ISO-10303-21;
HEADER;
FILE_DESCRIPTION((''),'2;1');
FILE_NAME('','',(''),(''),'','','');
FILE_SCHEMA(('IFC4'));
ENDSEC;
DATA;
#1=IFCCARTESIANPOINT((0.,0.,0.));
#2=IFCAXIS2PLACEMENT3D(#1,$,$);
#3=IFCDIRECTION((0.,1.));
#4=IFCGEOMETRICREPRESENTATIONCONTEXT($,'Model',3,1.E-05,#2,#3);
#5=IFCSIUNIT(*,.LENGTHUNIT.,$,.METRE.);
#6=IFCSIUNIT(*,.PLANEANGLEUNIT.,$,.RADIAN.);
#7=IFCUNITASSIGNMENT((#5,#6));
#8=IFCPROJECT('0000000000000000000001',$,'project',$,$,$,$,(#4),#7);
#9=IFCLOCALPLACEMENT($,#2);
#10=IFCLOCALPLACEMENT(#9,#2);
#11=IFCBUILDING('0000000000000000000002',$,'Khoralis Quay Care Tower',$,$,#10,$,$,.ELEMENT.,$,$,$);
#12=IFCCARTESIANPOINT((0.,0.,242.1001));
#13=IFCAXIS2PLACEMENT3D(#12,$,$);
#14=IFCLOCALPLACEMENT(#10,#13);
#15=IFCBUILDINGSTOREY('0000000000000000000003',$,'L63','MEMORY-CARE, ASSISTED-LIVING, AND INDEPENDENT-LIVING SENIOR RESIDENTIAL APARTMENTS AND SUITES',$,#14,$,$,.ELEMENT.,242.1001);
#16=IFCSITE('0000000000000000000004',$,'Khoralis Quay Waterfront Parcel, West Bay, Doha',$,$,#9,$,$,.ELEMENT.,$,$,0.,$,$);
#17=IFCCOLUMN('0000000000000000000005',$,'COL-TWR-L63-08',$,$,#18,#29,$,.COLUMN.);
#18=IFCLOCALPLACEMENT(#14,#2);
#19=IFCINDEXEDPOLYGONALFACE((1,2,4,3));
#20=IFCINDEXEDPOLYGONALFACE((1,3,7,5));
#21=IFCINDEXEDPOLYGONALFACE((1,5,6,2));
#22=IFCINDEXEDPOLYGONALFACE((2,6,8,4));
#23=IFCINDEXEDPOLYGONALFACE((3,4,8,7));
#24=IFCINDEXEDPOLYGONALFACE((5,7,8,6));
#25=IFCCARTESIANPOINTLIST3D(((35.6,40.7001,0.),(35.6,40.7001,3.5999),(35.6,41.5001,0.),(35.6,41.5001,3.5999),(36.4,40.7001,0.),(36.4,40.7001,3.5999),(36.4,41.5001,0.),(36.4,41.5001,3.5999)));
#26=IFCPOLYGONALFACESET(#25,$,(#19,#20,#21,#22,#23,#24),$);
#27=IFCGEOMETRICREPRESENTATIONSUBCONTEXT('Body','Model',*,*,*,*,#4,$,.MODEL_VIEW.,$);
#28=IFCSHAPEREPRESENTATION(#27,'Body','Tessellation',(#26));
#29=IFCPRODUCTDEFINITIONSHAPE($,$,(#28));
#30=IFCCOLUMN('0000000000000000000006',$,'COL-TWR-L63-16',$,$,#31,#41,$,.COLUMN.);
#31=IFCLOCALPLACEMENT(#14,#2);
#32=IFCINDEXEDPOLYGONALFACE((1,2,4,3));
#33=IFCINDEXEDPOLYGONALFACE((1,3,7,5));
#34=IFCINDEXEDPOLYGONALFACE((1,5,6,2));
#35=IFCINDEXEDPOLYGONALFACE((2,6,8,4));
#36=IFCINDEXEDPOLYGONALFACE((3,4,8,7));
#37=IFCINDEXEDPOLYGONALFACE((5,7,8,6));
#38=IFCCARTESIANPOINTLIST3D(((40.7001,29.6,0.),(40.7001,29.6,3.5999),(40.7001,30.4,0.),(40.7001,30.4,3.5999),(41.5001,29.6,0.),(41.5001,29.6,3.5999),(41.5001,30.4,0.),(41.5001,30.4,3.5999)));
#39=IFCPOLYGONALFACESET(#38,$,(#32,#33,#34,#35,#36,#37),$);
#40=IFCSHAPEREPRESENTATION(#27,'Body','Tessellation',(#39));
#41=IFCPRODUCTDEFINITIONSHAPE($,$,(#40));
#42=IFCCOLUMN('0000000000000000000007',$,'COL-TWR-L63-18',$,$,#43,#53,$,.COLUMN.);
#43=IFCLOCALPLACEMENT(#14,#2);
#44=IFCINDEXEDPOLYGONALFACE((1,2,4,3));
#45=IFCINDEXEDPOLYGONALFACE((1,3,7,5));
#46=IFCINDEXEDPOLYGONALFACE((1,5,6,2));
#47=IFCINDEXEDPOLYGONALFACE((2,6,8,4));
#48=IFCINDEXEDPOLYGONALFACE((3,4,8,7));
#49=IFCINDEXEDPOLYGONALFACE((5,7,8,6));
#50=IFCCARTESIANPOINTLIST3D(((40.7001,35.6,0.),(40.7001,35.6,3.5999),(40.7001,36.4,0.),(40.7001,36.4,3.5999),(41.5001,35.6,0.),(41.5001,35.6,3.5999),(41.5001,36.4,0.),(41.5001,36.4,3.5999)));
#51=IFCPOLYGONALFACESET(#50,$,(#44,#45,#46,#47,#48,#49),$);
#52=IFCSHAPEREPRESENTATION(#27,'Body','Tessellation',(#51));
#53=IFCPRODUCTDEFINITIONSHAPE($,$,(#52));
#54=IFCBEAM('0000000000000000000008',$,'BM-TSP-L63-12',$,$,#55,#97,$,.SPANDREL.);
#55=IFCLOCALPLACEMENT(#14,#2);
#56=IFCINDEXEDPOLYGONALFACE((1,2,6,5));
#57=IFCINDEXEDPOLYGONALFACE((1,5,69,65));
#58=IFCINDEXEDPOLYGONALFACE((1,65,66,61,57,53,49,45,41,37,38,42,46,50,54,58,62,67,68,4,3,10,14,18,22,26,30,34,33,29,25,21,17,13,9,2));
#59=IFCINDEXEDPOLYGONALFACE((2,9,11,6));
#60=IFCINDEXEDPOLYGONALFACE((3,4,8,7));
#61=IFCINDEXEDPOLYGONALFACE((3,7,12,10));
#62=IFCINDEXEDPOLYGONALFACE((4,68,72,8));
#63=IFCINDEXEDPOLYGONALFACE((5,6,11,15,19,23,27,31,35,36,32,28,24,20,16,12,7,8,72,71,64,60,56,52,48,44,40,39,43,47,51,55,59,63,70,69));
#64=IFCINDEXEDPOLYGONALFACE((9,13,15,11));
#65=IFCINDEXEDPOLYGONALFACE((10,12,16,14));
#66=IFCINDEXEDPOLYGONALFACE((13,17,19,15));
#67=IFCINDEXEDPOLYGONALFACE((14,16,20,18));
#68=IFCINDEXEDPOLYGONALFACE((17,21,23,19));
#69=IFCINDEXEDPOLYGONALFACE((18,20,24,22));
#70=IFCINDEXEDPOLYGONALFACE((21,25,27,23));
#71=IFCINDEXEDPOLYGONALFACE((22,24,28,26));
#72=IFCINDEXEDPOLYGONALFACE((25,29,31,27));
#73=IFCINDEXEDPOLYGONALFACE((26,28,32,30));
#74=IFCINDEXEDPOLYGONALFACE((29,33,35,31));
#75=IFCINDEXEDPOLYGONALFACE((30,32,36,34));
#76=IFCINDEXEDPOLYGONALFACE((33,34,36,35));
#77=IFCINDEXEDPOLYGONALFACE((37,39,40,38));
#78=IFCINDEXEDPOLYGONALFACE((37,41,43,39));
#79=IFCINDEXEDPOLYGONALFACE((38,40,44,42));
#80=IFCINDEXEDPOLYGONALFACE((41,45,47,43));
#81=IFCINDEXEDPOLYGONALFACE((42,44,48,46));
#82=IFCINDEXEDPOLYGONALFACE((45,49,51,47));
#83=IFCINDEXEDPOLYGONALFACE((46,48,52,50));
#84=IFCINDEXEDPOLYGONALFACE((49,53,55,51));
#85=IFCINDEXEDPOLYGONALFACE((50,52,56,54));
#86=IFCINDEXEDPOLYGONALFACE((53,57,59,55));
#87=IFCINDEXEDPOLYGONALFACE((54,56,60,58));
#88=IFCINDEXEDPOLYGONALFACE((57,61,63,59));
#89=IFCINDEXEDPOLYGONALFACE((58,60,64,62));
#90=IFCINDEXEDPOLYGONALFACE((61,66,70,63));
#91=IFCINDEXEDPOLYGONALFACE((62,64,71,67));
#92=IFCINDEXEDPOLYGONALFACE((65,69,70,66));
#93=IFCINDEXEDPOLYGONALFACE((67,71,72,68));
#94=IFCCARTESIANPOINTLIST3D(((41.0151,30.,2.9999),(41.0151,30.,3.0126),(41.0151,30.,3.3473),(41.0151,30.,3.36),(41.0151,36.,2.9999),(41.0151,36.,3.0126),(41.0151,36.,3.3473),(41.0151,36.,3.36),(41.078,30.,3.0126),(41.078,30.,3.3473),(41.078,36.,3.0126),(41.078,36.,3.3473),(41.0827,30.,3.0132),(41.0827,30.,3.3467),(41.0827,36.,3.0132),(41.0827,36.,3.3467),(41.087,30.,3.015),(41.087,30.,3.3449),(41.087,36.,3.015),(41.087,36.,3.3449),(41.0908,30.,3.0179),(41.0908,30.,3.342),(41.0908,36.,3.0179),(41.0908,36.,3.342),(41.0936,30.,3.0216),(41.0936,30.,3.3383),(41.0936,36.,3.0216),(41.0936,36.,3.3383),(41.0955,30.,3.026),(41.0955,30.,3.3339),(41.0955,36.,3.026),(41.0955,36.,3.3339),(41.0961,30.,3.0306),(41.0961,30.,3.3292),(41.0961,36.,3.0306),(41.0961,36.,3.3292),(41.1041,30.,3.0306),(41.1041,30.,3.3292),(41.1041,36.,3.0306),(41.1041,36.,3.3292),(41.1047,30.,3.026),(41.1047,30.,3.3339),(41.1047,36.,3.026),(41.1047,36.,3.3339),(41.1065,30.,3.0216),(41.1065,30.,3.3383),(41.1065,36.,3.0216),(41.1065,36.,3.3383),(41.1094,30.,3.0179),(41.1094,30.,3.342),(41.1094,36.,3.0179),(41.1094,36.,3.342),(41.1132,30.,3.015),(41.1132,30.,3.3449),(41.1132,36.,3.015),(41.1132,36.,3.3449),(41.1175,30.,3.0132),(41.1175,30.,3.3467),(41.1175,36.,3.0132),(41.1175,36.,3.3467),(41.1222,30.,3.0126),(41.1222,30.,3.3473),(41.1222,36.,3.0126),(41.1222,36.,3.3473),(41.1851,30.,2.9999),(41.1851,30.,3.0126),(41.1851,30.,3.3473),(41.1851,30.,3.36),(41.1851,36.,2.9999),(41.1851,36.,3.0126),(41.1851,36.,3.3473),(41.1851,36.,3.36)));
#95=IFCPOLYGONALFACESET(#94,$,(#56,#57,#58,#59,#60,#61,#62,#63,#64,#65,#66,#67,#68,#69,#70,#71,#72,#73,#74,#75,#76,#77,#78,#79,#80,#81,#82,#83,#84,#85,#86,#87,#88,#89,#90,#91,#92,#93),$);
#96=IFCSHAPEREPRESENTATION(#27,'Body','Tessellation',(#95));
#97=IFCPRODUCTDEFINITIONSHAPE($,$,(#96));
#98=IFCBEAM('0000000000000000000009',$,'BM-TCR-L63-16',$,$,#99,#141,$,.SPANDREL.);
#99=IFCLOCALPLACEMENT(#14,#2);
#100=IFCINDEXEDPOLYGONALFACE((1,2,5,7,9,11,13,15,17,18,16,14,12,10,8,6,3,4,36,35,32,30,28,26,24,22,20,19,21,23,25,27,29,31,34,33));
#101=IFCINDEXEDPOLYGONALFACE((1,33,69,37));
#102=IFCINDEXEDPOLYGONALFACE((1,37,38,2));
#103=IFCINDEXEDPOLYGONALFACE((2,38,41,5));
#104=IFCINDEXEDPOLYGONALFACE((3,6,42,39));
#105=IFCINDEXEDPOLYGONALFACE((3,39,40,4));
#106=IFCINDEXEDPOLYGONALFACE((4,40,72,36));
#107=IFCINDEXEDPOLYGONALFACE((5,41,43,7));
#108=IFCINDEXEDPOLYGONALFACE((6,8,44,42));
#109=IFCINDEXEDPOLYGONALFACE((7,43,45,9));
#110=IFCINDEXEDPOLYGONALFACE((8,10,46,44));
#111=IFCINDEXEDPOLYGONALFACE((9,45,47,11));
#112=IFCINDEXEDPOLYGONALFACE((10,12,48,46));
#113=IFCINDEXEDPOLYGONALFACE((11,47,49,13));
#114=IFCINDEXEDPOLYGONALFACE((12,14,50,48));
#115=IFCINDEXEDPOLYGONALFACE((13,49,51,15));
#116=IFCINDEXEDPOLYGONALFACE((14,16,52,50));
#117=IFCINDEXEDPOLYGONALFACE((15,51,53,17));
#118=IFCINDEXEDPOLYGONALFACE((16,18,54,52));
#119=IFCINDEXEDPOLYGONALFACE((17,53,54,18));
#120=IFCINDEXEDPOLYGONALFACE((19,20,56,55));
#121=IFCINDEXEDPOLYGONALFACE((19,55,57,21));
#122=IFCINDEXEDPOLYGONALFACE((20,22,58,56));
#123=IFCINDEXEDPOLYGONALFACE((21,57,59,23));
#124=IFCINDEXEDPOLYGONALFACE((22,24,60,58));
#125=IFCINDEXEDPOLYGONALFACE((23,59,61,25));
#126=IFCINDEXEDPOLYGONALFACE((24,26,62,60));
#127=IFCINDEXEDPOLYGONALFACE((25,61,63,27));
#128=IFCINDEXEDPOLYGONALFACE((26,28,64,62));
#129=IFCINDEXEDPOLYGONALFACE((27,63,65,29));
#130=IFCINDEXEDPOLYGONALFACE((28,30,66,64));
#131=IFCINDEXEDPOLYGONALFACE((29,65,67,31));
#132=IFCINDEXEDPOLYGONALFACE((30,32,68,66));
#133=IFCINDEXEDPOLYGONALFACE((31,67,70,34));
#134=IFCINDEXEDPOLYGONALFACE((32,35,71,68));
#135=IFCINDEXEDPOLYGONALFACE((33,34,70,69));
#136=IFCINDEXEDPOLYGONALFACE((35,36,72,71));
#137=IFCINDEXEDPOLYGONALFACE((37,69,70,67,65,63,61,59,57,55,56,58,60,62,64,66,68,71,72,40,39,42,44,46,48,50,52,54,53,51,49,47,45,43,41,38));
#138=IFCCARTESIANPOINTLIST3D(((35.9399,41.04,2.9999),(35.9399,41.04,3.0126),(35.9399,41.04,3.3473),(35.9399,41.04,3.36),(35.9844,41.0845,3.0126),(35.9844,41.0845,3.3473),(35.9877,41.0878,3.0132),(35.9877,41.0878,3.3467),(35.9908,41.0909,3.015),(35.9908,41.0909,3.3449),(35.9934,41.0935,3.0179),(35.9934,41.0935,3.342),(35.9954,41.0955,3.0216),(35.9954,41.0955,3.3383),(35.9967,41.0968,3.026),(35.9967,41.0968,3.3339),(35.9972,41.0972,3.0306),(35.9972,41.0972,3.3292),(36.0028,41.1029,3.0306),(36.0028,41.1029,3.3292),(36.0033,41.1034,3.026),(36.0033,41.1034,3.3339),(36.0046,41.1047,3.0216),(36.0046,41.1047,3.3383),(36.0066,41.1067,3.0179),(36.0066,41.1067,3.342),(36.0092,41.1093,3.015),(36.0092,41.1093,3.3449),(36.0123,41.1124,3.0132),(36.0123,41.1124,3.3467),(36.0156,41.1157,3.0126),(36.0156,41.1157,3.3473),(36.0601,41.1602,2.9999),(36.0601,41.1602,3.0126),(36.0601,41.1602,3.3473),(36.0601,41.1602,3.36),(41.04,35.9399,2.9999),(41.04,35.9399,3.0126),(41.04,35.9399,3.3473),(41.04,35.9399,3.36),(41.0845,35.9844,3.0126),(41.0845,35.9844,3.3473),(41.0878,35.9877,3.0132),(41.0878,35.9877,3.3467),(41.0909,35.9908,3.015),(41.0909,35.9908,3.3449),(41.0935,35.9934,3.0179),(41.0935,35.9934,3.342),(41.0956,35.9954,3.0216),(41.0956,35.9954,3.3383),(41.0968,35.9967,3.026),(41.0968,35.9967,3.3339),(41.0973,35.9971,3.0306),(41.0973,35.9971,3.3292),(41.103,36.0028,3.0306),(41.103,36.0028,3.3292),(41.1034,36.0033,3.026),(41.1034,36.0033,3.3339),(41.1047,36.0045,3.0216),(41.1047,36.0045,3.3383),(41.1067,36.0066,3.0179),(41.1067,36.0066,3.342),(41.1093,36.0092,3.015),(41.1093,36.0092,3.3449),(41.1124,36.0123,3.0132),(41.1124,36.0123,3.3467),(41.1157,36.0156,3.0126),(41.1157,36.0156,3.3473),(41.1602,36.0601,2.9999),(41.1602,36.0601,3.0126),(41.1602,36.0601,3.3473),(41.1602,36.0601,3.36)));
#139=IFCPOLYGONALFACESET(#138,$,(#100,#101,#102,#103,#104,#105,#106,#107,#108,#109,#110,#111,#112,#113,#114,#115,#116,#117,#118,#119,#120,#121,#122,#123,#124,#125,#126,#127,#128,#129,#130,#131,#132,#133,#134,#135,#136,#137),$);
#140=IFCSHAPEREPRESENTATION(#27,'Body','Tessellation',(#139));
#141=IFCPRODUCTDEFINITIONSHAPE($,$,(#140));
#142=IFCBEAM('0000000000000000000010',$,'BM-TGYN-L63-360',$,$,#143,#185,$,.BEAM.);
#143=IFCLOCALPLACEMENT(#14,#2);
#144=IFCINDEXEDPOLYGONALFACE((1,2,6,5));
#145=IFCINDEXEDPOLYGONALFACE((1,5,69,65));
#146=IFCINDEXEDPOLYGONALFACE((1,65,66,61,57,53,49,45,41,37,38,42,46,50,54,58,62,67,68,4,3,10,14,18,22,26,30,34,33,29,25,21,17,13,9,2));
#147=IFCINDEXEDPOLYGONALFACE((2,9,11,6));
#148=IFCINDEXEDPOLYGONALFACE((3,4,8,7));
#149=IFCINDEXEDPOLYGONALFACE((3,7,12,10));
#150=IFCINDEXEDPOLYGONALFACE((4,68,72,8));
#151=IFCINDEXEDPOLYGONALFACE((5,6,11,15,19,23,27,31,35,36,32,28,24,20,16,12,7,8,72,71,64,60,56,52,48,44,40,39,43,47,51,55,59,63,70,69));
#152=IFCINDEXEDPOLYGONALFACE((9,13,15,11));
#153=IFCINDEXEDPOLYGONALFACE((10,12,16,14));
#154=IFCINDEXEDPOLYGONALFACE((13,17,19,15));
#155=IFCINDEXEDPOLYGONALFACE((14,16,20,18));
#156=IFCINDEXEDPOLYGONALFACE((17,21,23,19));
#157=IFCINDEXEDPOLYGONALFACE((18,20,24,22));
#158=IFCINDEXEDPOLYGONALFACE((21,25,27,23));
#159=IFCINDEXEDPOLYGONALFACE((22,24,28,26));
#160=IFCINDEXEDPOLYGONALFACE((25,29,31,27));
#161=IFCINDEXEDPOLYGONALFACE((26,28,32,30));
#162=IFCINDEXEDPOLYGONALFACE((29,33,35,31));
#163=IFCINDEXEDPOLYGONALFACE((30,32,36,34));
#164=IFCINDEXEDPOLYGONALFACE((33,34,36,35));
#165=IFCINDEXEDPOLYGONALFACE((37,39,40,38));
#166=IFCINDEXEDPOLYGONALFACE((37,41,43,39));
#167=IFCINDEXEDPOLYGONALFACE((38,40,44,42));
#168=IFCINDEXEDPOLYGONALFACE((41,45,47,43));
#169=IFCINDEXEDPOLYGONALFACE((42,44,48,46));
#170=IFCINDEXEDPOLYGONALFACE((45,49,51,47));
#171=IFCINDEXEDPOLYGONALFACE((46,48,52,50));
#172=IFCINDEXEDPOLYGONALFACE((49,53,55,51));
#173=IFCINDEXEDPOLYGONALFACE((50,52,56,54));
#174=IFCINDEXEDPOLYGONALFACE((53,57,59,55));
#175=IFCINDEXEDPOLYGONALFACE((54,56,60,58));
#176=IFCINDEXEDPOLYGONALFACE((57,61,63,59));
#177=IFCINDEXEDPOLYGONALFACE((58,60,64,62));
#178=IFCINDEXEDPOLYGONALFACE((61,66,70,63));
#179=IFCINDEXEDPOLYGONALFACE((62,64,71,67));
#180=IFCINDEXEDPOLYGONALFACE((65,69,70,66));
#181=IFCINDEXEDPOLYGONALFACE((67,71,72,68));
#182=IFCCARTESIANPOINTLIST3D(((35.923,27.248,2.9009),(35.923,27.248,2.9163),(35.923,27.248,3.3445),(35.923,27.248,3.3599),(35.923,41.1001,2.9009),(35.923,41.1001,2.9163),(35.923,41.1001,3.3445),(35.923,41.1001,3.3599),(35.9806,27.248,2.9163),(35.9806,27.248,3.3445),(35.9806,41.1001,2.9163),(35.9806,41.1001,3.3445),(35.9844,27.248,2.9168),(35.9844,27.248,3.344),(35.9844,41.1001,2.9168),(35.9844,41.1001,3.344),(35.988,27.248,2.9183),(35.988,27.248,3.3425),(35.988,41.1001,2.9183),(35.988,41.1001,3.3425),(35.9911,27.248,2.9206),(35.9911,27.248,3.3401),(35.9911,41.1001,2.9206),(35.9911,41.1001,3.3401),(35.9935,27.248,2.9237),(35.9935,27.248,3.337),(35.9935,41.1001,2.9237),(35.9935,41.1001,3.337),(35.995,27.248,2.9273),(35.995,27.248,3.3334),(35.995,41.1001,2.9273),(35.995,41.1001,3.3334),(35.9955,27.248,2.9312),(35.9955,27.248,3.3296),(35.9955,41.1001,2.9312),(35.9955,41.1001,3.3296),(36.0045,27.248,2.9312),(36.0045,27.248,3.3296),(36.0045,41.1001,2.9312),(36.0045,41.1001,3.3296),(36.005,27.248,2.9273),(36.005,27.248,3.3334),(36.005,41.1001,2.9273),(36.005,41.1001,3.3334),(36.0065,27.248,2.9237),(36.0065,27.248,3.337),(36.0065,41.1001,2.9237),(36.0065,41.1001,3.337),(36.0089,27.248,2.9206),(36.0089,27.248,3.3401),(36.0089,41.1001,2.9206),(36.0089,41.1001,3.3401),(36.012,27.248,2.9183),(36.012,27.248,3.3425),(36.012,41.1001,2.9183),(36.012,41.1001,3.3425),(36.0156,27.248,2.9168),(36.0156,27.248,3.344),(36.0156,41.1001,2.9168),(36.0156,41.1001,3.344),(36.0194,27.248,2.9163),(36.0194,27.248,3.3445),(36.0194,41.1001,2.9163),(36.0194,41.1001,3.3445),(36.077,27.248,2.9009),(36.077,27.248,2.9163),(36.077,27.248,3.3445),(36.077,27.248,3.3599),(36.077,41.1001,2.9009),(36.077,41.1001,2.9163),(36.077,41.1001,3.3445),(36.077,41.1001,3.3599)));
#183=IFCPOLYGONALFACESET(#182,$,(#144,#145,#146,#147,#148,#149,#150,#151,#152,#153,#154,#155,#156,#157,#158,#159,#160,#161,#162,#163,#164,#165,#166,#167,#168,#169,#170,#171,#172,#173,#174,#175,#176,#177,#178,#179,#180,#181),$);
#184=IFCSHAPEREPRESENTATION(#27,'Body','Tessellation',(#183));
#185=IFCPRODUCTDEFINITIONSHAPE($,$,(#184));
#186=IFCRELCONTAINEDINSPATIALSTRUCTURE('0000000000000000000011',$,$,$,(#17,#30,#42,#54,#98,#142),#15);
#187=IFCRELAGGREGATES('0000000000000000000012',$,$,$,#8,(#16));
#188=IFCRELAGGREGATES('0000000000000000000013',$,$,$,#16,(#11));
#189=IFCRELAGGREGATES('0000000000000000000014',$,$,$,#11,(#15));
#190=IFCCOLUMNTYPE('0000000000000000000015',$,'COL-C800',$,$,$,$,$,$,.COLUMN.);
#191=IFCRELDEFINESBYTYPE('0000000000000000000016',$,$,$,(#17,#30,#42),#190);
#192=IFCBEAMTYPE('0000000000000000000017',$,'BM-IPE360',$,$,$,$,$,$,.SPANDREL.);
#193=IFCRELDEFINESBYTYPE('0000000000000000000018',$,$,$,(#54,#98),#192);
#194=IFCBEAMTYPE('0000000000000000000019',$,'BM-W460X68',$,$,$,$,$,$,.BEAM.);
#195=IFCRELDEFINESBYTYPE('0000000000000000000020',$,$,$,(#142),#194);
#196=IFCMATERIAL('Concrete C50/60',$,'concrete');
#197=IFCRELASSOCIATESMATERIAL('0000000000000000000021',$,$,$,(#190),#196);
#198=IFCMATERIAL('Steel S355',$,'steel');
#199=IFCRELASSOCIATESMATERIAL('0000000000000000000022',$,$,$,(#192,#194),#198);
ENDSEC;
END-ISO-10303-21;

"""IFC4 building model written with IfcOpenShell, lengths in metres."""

from ifc_helpers import new_model, si_unit, direction, frame, origin, origin_2d, place, context, subcontext, project, spatial, rectangle, i_section, extrude, source, transform, mapped, material, material_profile, profile_set, type_object, element, save


model = new_model("IFC4")

# Units and contexts
model_context = context("Model", 3, precision=1e-05, world=origin(), true_north=direction((0.0, 1.0)))
body_context = subcontext(model_context, "Body", "Model", "MODEL_VIEW")
ifc_project = project(units=[si_unit("LENGTHUNIT", "METRE"), si_unit("PLANEANGLEUNIT", "RADIAN")], contexts=[model_context])

# Site, building, storey
site_placement = place(None, origin())
site = spatial("IfcSite", under=ifc_project, at=site_placement, Name="Khoralis Quay Waterfront Parcel, West Bay, Doha", CompositionType="ELEMENT", RefElevation=0.0)
building_placement = place(site_placement, origin())
building = spatial("IfcBuilding", under=site, at=building_placement, Name="Khoralis Quay Care Tower", CompositionType="ELEMENT")
storey_placement = place(building_placement, frame((0.0, 0.0, 242.1001)))
storey = spatial("IfcBuildingStorey", under=building, at=storey_placement, Name="L63", Description="MEMORY-CARE, ASSISTED-LIVING, AND INDEPENDENT-LIVING SENIOR RESIDENTIAL APARTMENTS AND SUITES", CompositionType="ELEMENT", Elevation=242.1001)

# Columns
ifc_material_1 = material(Name="Concrete C50/60", Category="concrete")
ifc_material_profile_1 = material_profile(ifc_material_1, rectangle(XDim=0.8, YDim=0.8, at=origin_2d()), Name="Concrete C50/60")
ifc_profile_set_1 = profile_set([ifc_material_profile_1], Name="Concrete C50/60")
column_type = type_object("IfcColumnType", Name="COL-C800", PredefinedType="COLUMN", material=ifc_profile_set_1)
shared_shape_1 = source(origin(), body_context, "Body", "SweptSolid", [
    extrude(rectangle(XDim=0.8, YDim=0.8, at=origin_2d()), origin(), (0.0, 0.0, 1.0), 3.5999),
])
for number, where, z_axis, x_axis, name in (
    (1, (36.0, 41.1001, 0.0), (0.0, 0.0, 1.0), (1.0, 0.0, 0.0), "COL-TWR-L63-08"),
    (2, (41.1001, 30.0, 0.0), (0.0, 0.0, 1.0), (1.0, 0.0, 0.0), "COL-TWR-L63-16"),
    (3, (41.1001, 36.0, 0.0), (0.0, 0.0, 1.0), (1.0, 0.0, 0.0), "COL-TWR-L63-18"),
):
    element("IfcColumn", number, at=place(storey_placement, frame(where, z_axis=z_axis, x_axis=x_axis)), inside=storey, type_object=column_type, Name=name, PredefinedType="COLUMN", context=body_context, shape_type="MappedRepresentation", body=[
        mapped(shared_shape_1, transform((0.0, 0.0, 0.0), scale=1.0)),
    ])

# Beams
ifc_material_2 = material(Name="Steel S355", Category="steel")
ifc_material_profile_2 = material_profile(ifc_material_2, i_section(OverallWidth=0.1699, OverallDepth=0.3601, WebThickness=0.0081, FlangeThickness=0.0127, FilletRadius=0.0181, at=origin_2d()), Name="Steel S355")
ifc_profile_set_2 = profile_set([ifc_material_profile_2], Name="Steel S355")
beam_type_1 = type_object("IfcBeamType", Name="BM-IPE360", PredefinedType="SPANDREL", material=ifc_profile_set_2)
shared_shape_2 = source(origin(), body_context, "Body", "SweptSolid", [
    extrude(i_section(OverallWidth=0.1699, OverallDepth=0.3601, WebThickness=0.0081, FlangeThickness=0.0127, FilletRadius=0.0181, at=origin_2d()), origin(), (0.0, 0.0, 1.0), 6.0),
])
beam_1_placement = place(storey_placement, frame((41.1001, 30.0, 3.1799), z_axis=(0.0, 1.0, 0.0), x_axis=(-1.0, 0.0, 0.0)))
element("IfcBeam", 4, at=beam_1_placement, inside=storey, type_object=beam_type_1, Name="BM-TSP-L63-12", PredefinedType="SPANDREL", context=body_context, shape_type="MappedRepresentation", body=[
    mapped(shared_shape_2, transform((0.0, 0.0, 0.0), scale=1.0)),
])
shared_shape_3 = source(origin(), body_context, "Body", "SweptSolid", [
    extrude(i_section(OverallWidth=0.1699, OverallDepth=0.3601, WebThickness=0.0081, FlangeThickness=0.0127, FilletRadius=0.0181, at=origin_2d()), origin(), (0.0, 0.0, 1.0), 7.2126),
])
beam_2_placement = place(storey_placement, frame((36.0, 41.1001, 3.1799), z_axis=(0.707107, -0.707107, 0.0), x_axis=(0.707107, 0.707107, 0.0)))
element("IfcBeam", 5, at=beam_2_placement, inside=storey, type_object=beam_type_1, Name="BM-TCR-L63-16", PredefinedType="SPANDREL", context=body_context, shape_type="MappedRepresentation", body=[
    mapped(shared_shape_3, transform((0.0, 0.0, 0.0), scale=1.0)),
])
ifc_material_profile_3 = material_profile(ifc_material_2, i_section(OverallWidth=0.1541, OverallDepth=0.459, WebThickness=0.009, FlangeThickness=0.0154, FilletRadius=0.0149, at=origin_2d()), Name="Steel S355")
ifc_profile_set_3 = profile_set([ifc_material_profile_3], Name="Steel S355")
beam_type_2 = type_object("IfcBeamType", Name="BM-W460X68", PredefinedType="BEAM", material=ifc_profile_set_3)
shared_shape_4 = source(origin(), body_context, "Body", "SweptSolid", [
    extrude(i_section(OverallWidth=0.1541, OverallDepth=0.459, WebThickness=0.009, FlangeThickness=0.0154, FilletRadius=0.0149, at=origin_2d()), origin(), (0.0, 0.0, 1.0), 13.8521),
])
beam_3_placement = place(storey_placement, frame((36.0, 27.248, 3.1304), z_axis=(0.0, 1.0, 0.0), x_axis=(-1.0, 0.0, 0.0)))
element("IfcBeam", 6, at=beam_3_placement, inside=storey, type_object=beam_type_2, Name="BM-TGYN-L63-360", PredefinedType="BEAM", context=body_context, shape_type="MappedRepresentation", body=[
    mapped(shared_shape_4, transform((0.0, 0.0, 0.0), scale=1.0)),
])

save(model, "model.ifc")
